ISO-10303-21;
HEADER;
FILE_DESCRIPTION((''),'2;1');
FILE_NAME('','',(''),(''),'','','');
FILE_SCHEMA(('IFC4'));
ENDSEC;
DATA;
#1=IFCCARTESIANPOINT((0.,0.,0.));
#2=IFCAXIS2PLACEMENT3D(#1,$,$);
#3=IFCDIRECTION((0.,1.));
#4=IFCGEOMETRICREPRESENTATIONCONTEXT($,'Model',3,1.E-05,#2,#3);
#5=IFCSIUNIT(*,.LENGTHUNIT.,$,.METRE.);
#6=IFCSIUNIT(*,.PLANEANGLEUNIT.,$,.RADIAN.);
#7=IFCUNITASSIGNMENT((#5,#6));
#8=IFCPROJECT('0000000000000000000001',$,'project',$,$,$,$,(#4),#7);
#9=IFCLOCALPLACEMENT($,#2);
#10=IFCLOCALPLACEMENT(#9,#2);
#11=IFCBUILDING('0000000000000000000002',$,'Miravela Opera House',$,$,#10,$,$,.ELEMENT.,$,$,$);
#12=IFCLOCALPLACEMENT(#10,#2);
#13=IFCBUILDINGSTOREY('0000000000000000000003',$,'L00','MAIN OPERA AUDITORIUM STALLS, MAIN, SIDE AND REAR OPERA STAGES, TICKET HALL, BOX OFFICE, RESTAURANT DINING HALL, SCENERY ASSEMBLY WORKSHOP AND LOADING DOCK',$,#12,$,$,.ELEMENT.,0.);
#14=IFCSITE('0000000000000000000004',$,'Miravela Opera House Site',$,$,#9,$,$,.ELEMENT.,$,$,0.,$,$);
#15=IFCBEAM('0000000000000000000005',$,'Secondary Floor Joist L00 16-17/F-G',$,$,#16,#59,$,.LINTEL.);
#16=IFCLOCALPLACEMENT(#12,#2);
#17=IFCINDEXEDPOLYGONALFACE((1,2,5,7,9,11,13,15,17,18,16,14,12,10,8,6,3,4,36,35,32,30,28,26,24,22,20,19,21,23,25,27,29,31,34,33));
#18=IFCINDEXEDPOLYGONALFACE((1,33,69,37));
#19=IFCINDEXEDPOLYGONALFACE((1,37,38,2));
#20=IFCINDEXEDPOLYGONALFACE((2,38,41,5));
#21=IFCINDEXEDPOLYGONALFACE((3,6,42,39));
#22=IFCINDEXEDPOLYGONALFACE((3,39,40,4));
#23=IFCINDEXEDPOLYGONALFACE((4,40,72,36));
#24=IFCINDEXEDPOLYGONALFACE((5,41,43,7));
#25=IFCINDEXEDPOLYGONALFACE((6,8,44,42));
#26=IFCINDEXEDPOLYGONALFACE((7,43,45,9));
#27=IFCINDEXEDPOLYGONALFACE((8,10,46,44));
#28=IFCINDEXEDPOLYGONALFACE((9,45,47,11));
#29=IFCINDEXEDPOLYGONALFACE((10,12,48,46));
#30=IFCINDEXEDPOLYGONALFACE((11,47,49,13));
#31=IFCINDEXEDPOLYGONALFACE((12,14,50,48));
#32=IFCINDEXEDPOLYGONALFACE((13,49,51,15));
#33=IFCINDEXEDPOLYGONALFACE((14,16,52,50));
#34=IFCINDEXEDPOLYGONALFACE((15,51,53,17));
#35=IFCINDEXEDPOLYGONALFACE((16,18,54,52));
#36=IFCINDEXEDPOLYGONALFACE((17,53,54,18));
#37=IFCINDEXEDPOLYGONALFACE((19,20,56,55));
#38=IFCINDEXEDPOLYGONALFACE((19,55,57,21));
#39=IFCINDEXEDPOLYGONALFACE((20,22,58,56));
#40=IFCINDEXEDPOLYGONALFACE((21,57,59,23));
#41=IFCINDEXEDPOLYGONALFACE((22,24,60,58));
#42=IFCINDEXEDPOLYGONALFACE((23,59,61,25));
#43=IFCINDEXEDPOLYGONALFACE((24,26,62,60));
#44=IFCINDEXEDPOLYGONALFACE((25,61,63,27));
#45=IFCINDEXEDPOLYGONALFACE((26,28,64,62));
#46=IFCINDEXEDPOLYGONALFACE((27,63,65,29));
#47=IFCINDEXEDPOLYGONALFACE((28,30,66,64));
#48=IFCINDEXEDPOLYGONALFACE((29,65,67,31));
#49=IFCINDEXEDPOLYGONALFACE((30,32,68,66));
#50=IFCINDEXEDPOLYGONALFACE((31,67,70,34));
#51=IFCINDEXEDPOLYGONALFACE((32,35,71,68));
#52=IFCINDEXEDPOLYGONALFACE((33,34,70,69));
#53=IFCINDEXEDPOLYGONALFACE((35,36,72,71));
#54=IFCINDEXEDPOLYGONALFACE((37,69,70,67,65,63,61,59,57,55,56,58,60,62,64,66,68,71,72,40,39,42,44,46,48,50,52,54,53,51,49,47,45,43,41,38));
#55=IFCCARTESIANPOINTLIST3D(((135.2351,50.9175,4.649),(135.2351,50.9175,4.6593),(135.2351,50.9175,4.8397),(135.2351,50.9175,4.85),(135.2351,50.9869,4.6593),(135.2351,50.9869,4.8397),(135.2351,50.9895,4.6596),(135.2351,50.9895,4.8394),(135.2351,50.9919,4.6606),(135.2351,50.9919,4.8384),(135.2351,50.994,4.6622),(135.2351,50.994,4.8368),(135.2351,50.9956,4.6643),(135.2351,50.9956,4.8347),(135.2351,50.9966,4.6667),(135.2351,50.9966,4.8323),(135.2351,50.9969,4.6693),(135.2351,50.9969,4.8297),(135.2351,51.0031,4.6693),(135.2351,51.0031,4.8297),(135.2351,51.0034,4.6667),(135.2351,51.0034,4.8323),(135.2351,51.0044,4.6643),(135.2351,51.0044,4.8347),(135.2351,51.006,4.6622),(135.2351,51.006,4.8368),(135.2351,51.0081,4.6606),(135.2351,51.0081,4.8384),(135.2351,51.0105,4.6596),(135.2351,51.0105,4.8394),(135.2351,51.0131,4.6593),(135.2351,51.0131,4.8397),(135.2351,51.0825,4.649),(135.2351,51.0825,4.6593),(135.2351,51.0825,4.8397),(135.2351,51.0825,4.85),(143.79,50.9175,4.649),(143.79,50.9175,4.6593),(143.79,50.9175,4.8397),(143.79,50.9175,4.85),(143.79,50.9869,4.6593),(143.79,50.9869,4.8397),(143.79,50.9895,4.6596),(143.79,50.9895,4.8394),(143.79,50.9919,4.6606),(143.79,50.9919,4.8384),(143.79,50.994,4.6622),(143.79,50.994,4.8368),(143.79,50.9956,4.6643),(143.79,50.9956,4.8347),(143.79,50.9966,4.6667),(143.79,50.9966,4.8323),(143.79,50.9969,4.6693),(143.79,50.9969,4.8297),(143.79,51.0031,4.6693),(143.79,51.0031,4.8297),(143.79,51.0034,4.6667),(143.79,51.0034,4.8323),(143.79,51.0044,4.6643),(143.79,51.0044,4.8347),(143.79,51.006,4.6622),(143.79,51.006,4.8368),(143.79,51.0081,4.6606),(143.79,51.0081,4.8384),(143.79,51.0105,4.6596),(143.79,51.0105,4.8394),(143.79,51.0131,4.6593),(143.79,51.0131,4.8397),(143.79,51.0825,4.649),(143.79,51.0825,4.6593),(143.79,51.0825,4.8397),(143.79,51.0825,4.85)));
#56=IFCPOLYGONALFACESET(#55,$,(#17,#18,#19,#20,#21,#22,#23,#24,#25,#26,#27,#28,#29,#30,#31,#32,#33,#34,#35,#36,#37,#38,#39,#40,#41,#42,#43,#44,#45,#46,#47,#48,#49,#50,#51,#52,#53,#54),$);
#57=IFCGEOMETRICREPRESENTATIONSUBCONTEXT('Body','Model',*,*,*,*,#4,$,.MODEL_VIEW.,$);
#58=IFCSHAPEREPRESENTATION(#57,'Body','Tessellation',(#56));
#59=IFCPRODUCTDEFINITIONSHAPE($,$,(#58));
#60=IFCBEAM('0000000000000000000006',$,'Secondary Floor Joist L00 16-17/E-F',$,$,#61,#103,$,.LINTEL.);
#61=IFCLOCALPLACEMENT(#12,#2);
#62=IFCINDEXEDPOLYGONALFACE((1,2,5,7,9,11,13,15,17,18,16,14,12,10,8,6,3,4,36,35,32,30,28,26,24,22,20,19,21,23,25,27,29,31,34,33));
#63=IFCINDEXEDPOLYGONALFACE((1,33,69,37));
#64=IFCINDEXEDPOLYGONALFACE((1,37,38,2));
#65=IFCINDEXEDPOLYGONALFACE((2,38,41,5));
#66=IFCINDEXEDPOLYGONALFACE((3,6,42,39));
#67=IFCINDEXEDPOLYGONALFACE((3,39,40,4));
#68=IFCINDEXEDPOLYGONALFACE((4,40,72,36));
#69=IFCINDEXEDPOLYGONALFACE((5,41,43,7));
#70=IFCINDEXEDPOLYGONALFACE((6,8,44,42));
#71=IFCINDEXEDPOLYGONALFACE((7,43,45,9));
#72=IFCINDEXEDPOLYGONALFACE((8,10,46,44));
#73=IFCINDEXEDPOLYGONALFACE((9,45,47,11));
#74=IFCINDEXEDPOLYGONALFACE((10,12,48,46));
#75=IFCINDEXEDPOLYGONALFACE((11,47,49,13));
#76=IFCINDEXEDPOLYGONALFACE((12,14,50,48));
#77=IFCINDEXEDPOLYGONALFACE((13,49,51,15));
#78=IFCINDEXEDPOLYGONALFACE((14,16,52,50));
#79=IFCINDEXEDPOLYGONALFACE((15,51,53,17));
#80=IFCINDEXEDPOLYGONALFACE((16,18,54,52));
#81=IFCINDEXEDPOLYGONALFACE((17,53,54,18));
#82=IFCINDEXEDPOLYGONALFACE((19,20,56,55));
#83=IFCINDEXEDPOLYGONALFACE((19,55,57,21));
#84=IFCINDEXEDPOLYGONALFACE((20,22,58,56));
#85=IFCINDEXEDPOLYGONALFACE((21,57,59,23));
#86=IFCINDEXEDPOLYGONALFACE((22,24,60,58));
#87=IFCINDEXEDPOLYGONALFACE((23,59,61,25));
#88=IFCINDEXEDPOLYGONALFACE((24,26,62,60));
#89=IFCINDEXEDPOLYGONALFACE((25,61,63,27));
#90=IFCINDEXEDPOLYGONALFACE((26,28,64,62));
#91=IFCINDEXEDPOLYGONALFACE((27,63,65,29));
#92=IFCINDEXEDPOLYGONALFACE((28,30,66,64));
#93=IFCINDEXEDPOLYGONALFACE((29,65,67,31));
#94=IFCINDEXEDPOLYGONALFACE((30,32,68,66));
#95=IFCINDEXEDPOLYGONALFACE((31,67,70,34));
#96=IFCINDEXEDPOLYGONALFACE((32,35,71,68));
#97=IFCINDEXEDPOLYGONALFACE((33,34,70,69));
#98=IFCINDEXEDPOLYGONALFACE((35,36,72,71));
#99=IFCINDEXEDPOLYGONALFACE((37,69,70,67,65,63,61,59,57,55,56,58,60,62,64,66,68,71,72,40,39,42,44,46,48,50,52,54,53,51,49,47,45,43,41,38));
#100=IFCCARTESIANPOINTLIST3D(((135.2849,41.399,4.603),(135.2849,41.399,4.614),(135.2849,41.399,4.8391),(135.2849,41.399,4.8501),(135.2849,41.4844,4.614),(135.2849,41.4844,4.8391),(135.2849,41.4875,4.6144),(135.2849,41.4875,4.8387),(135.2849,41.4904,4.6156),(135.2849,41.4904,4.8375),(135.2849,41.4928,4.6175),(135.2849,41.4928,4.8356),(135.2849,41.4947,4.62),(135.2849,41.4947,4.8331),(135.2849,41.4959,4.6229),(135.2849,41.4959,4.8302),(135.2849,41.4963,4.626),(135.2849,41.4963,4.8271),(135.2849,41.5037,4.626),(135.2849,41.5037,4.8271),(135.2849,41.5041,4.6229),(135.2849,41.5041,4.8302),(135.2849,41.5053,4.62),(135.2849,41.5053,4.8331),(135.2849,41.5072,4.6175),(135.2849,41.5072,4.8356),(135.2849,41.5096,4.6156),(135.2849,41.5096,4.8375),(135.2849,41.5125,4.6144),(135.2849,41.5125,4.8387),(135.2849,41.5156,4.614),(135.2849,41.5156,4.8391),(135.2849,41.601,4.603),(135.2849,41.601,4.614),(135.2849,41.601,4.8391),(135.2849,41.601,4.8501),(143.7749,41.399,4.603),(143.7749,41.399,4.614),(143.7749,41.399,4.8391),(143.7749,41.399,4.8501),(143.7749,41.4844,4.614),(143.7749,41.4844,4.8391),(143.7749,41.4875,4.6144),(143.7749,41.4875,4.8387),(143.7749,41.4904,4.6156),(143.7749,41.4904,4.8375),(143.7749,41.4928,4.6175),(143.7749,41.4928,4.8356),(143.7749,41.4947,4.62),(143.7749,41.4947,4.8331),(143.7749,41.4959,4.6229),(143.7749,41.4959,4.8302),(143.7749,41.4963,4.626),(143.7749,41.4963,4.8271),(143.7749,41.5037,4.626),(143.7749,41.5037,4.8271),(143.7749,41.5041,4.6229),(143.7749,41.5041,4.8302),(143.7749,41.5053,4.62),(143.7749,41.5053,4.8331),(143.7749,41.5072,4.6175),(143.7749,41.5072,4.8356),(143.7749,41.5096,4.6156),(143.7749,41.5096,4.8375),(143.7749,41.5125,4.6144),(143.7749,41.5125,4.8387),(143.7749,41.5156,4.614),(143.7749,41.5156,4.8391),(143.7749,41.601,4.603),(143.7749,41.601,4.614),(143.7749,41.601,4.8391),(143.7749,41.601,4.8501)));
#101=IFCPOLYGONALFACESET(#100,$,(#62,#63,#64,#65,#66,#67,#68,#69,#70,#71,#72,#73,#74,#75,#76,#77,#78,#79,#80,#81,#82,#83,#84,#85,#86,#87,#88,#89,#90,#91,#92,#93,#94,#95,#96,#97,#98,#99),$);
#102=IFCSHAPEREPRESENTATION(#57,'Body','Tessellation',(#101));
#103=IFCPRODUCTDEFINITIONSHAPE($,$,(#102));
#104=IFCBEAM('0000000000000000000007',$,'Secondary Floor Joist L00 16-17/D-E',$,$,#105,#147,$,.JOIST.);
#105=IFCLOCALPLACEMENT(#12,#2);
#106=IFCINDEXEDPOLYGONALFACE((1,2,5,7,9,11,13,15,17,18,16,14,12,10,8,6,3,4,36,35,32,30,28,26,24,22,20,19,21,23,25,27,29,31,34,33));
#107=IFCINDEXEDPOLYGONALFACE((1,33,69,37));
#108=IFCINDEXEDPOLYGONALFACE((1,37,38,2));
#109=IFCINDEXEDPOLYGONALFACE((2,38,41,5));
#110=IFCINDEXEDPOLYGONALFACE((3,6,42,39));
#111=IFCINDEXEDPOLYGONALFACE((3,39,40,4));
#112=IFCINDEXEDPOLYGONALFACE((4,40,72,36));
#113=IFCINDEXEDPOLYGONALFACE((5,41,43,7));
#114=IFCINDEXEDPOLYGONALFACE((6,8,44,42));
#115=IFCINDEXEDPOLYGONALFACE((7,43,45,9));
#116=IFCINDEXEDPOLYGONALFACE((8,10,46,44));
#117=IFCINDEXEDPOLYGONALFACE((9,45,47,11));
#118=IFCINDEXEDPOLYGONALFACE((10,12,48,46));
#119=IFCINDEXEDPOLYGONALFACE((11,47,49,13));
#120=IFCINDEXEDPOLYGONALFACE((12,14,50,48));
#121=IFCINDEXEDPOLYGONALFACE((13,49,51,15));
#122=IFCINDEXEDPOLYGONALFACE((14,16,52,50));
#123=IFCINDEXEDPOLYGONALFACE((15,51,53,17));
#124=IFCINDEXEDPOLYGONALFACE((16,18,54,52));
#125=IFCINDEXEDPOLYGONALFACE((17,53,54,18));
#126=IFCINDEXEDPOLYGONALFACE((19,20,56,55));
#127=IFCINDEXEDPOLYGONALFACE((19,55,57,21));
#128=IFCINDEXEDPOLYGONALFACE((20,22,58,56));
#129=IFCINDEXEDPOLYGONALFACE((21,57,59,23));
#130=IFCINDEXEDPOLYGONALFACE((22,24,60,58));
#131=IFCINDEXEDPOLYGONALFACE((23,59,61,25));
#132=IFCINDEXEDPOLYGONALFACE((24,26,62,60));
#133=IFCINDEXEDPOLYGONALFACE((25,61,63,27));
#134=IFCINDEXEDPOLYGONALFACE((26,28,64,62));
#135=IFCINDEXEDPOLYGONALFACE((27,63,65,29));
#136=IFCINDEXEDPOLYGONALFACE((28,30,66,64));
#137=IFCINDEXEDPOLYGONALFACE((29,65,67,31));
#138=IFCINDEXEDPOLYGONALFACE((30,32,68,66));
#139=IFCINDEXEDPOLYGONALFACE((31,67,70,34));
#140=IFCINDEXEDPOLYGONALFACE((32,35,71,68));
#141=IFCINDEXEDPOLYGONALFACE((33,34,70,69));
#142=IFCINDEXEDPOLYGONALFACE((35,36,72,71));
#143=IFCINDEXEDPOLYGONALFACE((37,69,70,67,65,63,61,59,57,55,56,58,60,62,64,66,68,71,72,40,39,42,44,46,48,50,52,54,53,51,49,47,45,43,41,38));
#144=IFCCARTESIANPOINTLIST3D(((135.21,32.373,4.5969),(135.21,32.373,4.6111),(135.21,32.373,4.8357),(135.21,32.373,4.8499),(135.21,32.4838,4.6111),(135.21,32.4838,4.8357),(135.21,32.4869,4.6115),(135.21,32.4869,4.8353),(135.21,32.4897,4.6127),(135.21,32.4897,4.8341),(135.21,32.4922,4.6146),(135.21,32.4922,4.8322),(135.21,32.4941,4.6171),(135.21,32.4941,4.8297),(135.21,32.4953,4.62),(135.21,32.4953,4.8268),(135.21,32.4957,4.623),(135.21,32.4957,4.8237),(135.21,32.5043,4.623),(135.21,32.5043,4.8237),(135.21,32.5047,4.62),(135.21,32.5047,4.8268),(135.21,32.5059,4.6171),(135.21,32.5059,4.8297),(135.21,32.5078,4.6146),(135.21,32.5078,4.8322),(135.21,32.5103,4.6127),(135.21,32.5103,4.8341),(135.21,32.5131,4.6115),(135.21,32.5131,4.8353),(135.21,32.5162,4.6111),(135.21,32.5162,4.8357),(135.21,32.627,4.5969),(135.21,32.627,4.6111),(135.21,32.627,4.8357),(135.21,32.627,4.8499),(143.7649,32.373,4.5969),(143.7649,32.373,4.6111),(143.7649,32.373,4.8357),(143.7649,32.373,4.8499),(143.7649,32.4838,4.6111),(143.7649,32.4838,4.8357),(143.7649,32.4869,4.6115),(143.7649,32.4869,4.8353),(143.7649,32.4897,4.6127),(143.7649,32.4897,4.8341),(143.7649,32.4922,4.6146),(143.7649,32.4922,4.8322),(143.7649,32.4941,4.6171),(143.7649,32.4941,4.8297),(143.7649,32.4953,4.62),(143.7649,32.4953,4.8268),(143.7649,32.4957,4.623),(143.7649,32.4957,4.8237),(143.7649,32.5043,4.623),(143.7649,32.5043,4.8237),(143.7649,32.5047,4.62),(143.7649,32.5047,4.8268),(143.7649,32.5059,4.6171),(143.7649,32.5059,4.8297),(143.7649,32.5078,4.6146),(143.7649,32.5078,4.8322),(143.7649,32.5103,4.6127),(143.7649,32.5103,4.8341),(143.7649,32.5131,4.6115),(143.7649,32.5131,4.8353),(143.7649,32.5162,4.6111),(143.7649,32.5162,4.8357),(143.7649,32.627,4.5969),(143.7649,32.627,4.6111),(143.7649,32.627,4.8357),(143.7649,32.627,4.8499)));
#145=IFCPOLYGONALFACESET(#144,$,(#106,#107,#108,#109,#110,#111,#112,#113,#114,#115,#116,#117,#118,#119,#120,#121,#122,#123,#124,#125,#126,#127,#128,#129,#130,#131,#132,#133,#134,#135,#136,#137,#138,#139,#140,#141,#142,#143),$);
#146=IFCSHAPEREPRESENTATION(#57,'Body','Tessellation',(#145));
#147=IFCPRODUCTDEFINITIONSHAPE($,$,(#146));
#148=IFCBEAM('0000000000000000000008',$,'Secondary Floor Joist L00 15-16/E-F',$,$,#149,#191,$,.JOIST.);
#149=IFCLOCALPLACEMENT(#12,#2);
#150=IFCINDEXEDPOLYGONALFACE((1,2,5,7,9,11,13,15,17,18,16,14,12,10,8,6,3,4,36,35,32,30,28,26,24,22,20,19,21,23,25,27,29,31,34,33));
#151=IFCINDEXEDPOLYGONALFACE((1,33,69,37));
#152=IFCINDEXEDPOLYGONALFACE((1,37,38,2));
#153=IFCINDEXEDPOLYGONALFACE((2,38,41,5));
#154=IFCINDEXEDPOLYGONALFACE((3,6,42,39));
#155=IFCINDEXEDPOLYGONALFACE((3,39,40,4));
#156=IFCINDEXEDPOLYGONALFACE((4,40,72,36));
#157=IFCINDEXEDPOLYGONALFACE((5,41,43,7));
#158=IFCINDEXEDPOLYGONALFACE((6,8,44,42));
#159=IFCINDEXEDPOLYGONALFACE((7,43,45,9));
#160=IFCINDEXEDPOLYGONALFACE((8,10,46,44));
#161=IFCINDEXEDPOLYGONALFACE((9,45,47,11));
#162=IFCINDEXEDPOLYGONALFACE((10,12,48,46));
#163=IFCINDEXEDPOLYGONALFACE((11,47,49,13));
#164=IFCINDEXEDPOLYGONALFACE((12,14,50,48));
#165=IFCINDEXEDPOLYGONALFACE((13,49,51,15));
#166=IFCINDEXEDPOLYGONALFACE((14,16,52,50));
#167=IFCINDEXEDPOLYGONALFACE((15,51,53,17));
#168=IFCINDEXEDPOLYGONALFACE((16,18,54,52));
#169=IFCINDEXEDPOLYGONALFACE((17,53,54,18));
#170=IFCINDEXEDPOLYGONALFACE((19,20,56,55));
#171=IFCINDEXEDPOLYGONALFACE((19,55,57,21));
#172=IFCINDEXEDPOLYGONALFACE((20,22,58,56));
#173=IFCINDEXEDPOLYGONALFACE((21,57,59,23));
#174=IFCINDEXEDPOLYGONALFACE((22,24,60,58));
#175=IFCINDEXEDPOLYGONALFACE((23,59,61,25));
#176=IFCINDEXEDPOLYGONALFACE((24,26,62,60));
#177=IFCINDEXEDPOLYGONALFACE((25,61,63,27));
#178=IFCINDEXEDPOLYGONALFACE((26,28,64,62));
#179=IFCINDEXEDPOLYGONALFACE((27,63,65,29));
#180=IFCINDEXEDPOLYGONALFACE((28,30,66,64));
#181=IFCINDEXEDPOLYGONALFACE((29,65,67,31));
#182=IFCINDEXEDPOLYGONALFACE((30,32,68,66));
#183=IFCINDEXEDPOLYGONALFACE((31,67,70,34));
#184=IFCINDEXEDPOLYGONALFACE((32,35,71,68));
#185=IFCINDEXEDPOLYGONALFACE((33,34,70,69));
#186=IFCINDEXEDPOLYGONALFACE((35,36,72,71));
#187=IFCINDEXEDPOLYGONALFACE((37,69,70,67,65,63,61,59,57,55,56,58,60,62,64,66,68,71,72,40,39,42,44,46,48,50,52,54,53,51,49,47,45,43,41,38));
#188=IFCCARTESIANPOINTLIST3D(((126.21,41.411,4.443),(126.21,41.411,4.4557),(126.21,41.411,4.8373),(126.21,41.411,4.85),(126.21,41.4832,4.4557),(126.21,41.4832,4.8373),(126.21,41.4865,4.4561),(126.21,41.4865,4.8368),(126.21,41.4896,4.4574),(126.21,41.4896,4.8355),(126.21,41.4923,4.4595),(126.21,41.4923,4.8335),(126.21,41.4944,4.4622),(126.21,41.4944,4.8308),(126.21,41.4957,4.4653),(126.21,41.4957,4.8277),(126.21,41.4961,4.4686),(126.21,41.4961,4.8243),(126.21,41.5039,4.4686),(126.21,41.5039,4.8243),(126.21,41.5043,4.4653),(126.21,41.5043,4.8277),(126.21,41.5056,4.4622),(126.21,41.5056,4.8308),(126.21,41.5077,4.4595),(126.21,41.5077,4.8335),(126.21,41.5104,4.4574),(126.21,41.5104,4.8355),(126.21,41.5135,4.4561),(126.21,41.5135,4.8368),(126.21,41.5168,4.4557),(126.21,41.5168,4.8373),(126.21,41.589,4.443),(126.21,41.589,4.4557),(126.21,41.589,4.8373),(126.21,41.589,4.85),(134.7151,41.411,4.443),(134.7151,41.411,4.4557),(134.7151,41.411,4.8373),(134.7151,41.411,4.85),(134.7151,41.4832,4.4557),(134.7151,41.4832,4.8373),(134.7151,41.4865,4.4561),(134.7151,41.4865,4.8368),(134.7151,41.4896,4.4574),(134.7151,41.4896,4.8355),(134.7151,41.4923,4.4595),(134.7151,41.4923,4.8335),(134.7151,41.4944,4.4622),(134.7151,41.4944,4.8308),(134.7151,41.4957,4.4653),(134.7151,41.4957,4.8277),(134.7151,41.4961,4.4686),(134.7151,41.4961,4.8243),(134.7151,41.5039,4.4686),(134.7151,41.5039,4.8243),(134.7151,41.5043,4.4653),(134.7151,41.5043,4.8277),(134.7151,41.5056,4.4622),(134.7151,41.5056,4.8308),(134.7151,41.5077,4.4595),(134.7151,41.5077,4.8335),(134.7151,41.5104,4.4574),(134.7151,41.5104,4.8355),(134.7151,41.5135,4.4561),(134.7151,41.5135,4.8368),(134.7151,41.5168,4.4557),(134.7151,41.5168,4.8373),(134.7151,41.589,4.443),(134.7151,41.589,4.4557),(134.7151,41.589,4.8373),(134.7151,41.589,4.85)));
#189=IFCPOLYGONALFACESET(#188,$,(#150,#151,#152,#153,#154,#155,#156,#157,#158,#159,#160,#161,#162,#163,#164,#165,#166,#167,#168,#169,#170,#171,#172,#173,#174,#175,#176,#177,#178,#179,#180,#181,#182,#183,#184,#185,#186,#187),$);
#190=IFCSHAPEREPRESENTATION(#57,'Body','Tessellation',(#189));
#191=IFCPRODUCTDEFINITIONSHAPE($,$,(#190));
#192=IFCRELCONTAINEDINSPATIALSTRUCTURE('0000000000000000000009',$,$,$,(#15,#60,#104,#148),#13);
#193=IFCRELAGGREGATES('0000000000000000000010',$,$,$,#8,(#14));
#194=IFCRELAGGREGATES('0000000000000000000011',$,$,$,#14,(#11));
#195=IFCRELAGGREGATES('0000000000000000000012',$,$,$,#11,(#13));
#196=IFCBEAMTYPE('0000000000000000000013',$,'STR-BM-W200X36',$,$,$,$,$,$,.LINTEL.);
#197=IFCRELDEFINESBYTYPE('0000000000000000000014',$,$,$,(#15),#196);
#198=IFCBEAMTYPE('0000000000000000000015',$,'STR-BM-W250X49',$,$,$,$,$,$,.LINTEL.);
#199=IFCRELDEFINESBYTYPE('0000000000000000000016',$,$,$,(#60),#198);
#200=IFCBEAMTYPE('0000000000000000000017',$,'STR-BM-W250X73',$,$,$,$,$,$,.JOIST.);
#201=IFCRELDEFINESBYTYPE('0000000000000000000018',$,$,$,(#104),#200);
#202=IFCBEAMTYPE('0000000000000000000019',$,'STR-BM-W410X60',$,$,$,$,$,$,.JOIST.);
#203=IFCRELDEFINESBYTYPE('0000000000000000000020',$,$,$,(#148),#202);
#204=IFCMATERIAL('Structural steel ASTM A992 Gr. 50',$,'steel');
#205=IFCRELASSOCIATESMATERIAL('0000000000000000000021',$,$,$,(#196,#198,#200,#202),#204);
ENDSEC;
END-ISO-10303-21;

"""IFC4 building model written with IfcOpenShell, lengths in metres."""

from ifc_helpers import new_model, si_unit, direction, frame, origin, origin_2d, place, context, subcontext, project, spatial, i_section, extrude, material, material_profile, profile_set, type_object, element, save


model = new_model("IFC4")

# Units and contexts
model_context = context("Model", 3, precision=1e-05, world=origin(), true_north=direction((0.0, 1.0)))
body_context = subcontext(model_context, "Body", "Model", "MODEL_VIEW")
ifc_project = project(units=[si_unit("LENGTHUNIT", "METRE"), si_unit("PLANEANGLEUNIT", "RADIAN")], contexts=[model_context])

# Site, building, storey
site_placement = place(None, origin())
site = spatial("IfcSite", under=ifc_project, at=site_placement, Name="Miravela Opera House Site", CompositionType="ELEMENT", RefElevation=0.0)
building_placement = place(site_placement, origin())
building = spatial("IfcBuilding", under=site, at=building_placement, Name="Miravela Opera House", CompositionType="ELEMENT")
storey_placement = place(building_placement, origin())
storey = spatial("IfcBuildingStorey", under=building, at=storey_placement, Name="L00", Description="MAIN OPERA AUDITORIUM STALLS, MAIN, SIDE AND REAR OPERA STAGES, TICKET HALL, BOX OFFICE, RESTAURANT DINING HALL, SCENERY ASSEMBLY WORKSHOP AND LOADING DOCK", CompositionType="ELEMENT", Elevation=0.0)

# Beams
ifc_material_1 = material(Name="Structural steel ASTM A992 Gr. 50", Category="steel")
ifc_material_profile_1 = material_profile(ifc_material_1, i_section(OverallWidth=0.165, OverallDepth=0.2009, WebThickness=0.0061, FlangeThickness=0.0103, FilletRadius=0.01, at=origin_2d()), Name="W200X36")
ifc_profile_set_1 = profile_set([ifc_material_profile_1])
beam_type_1 = type_object("IfcBeamType", Name="STR-BM-W200X36", PredefinedType="LINTEL", material=ifc_profile_set_1)
beam_1_placement = place(storey_placement, frame((135.2351, 51.0, 4.7495), z_axis=(1.0, 0.0, 0.0), x_axis=(0.0, 1.0, 0.0)))
element("IfcBeam", 1, at=beam_1_placement, inside=storey, type_object=beam_type_1, Name="Secondary Floor Joist L00 16-17/F-G", PredefinedType="LINTEL", context=body_context, shape_type="SweptSolid", body=[
    extrude(i_section(OverallWidth=0.165, OverallDepth=0.2009, WebThickness=0.0061, FlangeThickness=0.0103, FilletRadius=0.01, at=origin_2d()), origin(), (0.0, 0.0, 1.0), 8.5549),
])
ifc_material_profile_2 = material_profile(ifc_material_1, i_section(OverallWidth=0.2019, OverallDepth=0.2471, WebThickness=0.0073, FlangeThickness=0.011, FilletRadius=0.012, at=origin_2d()), Name="W250X49")
ifc_profile_set_2 = profile_set([ifc_material_profile_2])
beam_type_2 = type_object("IfcBeamType", Name="STR-BM-W250X49", PredefinedType="LINTEL", material=ifc_profile_set_2)
beam_2_placement = place(storey_placement, frame((135.2849, 41.5, 4.7266), z_axis=(1.0, 0.0, 0.0), x_axis=(0.0, 1.0, 0.0)))
element("IfcBeam", 2, at=beam_2_placement, inside=storey, type_object=beam_type_2, Name="Secondary Floor Joist L00 16-17/E-F", PredefinedType="LINTEL", context=body_context, shape_type="SweptSolid", body=[
    extrude(i_section(OverallWidth=0.2019, OverallDepth=0.2471, WebThickness=0.0073, FlangeThickness=0.011, FilletRadius=0.012, at=origin_2d()), origin(), (0.0, 0.0, 1.0), 8.49),
])
ifc_material_profile_3 = material_profile(ifc_material_1, i_section(OverallWidth=0.2539, OverallDepth=0.2529, WebThickness=0.0085, FlangeThickness=0.0142, FilletRadius=0.012, at=origin_2d()), Name="W250X73")
ifc_profile_set_3 = profile_set([ifc_material_profile_3])
beam_type_3 = type_object("IfcBeamType", Name="STR-BM-W250X73", PredefinedType="JOIST", material=ifc_profile_set_3)
beam_3_placement = place(storey_placement, frame((135.21, 32.5, 4.7234), z_axis=(1.0, 0.0, 0.0), x_axis=(0.0, 1.0, 0.0)))
element("IfcBeam", 3, at=beam_3_placement, inside=storey, type_object=beam_type_3, Name="Secondary Floor Joist L00 16-17/D-E", PredefinedType="JOIST", context=body_context, shape_type="SweptSolid", body=[
    extrude(i_section(OverallWidth=0.2539, OverallDepth=0.2529, WebThickness=0.0085, FlangeThickness=0.0142, FilletRadius=0.012, at=origin_2d()), origin(), (0.0, 0.0, 1.0), 8.5549),
])
ifc_material_profile_4 = material_profile(ifc_material_1, i_section(OverallWidth=0.178, OverallDepth=0.407, WebThickness=0.0078, FlangeThickness=0.0127, FilletRadius=0.0129, at=origin_2d()), Name="W410X60")
ifc_profile_set_4 = profile_set([ifc_material_profile_4])
beam_type_4 = type_object("IfcBeamType", Name="STR-BM-W410X60", PredefinedType="JOIST", material=ifc_profile_set_4)
beam_4_placement = place(storey_placement, frame((126.21, 41.5, 4.6465), z_axis=(1.0, 0.0, 0.0), x_axis=(0.0, 1.0, 0.0)))
element("IfcBeam", 4, at=beam_4_placement, inside=storey, type_object=beam_type_4, Name="Secondary Floor Joist L00 15-16/E-F", PredefinedType="JOIST", context=body_context, shape_type="SweptSolid", body=[
    extrude(i_section(OverallWidth=0.178, OverallDepth=0.407, WebThickness=0.0078, FlangeThickness=0.0127, FilletRadius=0.0129, at=origin_2d()), origin(), (0.0, 0.0, 1.0), 8.5051),
])

save(model, "model.ifc")
